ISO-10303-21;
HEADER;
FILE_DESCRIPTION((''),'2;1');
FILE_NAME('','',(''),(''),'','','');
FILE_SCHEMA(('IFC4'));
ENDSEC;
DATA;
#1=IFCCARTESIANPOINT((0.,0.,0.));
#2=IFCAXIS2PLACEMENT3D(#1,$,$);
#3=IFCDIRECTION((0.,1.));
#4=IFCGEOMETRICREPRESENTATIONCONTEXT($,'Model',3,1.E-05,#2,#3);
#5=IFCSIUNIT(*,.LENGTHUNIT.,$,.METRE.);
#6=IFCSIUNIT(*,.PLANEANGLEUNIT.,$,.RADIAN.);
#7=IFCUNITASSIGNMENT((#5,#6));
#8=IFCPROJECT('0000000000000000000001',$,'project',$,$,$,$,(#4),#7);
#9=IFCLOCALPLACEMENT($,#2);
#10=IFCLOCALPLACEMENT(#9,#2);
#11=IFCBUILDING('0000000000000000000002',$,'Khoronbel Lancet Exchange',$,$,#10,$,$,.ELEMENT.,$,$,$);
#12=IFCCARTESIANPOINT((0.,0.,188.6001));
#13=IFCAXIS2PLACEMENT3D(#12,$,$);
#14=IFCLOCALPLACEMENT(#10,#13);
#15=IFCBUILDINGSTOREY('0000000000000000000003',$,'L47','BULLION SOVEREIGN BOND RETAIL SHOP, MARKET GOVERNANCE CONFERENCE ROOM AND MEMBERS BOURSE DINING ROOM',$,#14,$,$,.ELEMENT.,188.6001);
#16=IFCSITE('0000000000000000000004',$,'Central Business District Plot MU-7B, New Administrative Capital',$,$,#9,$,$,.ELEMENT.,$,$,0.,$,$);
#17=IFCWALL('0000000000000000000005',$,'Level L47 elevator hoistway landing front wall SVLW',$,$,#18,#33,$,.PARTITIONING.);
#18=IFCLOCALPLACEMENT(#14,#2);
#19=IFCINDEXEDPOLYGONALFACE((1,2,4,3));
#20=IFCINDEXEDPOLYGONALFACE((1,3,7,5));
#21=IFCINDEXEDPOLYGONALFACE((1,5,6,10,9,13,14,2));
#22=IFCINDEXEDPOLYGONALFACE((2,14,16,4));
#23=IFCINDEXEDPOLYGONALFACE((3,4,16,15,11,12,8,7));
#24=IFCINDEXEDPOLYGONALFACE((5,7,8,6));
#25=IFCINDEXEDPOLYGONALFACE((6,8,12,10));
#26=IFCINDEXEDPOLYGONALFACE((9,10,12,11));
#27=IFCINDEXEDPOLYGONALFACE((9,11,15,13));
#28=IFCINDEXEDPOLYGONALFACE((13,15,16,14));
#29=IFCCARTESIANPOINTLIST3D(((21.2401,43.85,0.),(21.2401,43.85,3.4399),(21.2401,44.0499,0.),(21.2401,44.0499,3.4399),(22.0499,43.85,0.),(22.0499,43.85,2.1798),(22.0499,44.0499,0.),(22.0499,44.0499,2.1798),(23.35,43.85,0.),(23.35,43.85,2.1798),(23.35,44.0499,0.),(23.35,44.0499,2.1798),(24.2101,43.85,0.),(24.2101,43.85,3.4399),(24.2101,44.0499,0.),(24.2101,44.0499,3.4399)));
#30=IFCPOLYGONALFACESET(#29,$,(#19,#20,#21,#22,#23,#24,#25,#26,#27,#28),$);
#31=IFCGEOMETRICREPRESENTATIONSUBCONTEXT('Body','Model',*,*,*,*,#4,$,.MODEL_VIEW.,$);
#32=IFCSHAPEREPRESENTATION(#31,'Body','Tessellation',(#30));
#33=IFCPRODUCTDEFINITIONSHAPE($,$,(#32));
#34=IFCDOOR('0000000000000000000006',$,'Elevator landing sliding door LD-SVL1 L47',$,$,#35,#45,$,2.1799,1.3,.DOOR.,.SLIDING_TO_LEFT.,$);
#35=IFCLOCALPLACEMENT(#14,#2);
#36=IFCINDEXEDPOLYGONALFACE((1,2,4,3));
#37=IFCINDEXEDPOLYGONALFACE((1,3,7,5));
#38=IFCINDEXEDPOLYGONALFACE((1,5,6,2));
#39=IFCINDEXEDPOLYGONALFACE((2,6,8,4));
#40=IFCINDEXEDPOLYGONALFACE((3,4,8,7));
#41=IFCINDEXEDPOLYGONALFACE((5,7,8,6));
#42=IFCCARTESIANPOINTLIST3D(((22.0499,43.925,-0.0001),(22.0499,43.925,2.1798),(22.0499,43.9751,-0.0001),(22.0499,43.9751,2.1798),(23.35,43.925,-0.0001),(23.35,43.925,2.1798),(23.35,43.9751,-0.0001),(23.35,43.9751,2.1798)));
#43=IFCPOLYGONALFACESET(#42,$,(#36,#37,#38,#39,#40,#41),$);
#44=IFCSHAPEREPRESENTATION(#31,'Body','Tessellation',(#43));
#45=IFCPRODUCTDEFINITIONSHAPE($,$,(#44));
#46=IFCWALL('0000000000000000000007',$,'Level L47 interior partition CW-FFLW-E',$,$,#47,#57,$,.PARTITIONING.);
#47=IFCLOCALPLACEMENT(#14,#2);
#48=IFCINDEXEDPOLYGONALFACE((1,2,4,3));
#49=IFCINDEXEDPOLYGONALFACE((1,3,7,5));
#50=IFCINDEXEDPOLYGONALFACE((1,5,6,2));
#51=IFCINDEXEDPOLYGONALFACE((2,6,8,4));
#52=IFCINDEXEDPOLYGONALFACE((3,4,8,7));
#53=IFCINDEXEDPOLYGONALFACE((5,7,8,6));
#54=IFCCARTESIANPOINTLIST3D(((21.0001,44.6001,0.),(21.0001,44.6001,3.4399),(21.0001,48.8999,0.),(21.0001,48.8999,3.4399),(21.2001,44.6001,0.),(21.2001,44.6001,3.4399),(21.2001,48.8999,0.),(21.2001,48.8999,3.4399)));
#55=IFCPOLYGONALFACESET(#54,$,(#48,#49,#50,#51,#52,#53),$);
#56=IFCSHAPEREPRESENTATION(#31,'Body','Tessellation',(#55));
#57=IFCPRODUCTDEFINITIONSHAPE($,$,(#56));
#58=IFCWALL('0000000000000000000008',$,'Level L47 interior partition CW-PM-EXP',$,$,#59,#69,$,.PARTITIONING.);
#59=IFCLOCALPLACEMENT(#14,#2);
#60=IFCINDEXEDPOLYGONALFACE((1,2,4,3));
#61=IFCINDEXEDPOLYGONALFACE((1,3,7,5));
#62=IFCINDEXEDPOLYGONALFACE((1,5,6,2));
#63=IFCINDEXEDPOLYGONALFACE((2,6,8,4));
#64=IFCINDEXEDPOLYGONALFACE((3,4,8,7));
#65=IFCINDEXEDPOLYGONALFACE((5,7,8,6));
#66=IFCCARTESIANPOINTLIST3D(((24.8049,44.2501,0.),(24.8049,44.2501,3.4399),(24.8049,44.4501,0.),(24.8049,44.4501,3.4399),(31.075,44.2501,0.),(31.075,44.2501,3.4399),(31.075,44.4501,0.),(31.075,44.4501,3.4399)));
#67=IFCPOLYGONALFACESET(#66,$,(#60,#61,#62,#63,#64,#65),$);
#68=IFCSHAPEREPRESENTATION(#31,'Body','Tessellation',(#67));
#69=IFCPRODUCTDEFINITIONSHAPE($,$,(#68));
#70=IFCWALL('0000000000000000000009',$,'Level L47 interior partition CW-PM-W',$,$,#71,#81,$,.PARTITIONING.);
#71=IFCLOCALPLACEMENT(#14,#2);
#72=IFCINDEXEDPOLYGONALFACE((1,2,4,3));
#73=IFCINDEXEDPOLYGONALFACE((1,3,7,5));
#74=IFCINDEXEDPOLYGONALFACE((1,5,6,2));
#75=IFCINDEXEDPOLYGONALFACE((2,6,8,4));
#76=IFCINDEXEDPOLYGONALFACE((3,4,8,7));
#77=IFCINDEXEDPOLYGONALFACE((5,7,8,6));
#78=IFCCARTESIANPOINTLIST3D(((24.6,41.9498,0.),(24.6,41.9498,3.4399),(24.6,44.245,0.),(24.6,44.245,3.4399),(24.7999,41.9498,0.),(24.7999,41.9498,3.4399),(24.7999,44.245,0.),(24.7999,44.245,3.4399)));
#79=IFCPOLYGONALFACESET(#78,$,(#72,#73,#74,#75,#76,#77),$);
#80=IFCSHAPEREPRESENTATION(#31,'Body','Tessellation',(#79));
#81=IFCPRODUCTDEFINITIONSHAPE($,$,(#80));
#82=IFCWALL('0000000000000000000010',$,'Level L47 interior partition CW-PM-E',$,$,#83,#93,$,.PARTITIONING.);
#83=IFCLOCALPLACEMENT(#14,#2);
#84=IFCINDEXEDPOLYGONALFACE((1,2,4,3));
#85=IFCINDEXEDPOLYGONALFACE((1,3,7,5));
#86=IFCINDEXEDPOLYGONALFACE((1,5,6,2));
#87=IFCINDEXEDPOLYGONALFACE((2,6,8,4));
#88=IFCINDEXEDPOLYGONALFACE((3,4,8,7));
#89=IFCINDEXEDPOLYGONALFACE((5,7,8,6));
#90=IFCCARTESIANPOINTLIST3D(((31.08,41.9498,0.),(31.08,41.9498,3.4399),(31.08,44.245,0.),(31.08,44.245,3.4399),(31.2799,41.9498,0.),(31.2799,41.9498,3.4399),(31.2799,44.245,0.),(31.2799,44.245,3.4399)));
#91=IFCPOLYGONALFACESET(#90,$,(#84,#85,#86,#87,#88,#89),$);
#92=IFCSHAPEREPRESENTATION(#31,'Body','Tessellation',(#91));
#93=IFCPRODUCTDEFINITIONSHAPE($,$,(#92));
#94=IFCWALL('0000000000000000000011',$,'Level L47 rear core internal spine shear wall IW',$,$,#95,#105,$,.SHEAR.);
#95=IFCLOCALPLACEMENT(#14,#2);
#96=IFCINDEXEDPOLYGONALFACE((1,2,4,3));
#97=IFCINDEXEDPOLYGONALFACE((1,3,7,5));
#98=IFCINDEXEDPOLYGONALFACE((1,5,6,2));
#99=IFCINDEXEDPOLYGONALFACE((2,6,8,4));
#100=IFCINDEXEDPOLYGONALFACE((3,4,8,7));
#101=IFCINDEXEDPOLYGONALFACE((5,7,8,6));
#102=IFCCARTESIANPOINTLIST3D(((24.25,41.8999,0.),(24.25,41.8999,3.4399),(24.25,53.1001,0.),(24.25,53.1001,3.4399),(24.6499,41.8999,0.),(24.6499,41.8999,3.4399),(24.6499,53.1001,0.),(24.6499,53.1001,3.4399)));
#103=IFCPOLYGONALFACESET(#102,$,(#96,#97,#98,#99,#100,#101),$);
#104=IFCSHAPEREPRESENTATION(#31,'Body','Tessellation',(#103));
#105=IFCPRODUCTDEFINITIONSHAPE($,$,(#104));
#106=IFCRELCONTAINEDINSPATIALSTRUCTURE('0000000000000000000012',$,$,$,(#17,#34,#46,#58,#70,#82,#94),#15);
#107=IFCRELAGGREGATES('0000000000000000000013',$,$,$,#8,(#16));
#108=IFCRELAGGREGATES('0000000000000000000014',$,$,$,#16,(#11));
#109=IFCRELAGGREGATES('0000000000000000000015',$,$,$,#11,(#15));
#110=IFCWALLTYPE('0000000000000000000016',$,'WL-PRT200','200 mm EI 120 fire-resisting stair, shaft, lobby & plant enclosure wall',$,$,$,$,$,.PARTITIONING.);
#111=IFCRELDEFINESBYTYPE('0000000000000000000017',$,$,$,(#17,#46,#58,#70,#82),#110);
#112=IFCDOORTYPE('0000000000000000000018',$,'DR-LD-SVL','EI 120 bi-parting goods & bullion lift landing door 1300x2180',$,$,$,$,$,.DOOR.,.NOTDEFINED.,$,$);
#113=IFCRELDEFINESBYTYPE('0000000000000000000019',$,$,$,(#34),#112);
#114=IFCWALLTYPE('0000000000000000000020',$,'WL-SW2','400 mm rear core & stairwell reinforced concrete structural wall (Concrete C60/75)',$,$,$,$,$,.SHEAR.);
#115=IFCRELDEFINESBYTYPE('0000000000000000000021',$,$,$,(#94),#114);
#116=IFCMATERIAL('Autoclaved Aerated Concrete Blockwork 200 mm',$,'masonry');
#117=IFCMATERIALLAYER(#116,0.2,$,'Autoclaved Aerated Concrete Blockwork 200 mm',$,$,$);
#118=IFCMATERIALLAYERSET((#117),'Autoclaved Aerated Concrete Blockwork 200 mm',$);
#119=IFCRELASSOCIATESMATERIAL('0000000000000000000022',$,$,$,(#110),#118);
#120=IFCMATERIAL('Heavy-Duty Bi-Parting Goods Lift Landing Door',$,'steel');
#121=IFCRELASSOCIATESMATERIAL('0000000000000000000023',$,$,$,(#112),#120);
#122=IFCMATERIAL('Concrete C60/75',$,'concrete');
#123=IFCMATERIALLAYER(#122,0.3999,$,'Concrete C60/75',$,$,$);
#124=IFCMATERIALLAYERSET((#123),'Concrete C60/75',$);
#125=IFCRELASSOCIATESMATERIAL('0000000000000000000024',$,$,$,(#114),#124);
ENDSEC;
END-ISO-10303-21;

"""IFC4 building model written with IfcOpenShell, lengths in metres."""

from ifc_helpers import new_model, si_unit, direction, frame, frame_2d, origin, place, context, subcontext, project, spatial, rectangle, extrude, material, layer, layer_set, type_object, element, fill, save


model = new_model("IFC4")

# Units and contexts
model_context = context("Model", 3, precision=1e-05, world=origin(), true_north=direction((0.0, 1.0)))
body_context = subcontext(model_context, "Body", "Model", "MODEL_VIEW")
ifc_project = project(units=[si_unit("LENGTHUNIT", "METRE"), si_unit("PLANEANGLEUNIT", "RADIAN")], contexts=[model_context])

# Site, building, storey
site_placement = place(None, origin())
site = spatial("IfcSite", under=ifc_project, at=site_placement, Name="Central Business District Plot MU-7B, New Administrative Capital", CompositionType="ELEMENT", RefElevation=0.0)
building_placement = place(site_placement, origin())
building = spatial("IfcBuilding", under=site, at=building_placement, Name="Khoronbel Lancet Exchange", CompositionType="ELEMENT")
storey_placement = place(building_placement, frame((0.0, 0.0, 188.6001)))
storey = spatial("IfcBuildingStorey", under=building, at=storey_placement, Name="L47", Description="BULLION SOVEREIGN BOND RETAIL SHOP, MARKET GOVERNANCE CONFERENCE ROOM AND MEMBERS BOURSE DINING ROOM", CompositionType="ELEMENT", Elevation=188.6001)

# Shared definitions
ifc_material_1 = material(Name="Concrete C60/75", Category="concrete")

# Wall, opening, door
ifc_material_2 = material(Name="Autoclaved Aerated Concrete Blockwork 200 mm", Category="masonry")
ifc_layer_1 = layer(ifc_material_2, 0.2, Name="Autoclaved Aerated Concrete Blockwork 200 mm")
ifc_layer_set_1 = layer_set([ifc_layer_1], Name="Autoclaved Aerated Concrete Blockwork 200 mm")
wall_type_1 = type_object("IfcWallType", Name="WL-PRT200", Description="200 mm EI 120 fire-resisting stair, shaft, lobby & plant enclosure wall", PredefinedType="PARTITIONING", material=ifc_layer_set_1)
wall_1_placement = place(storey_placement, frame((24.21, 43.95, 0.0), z_axis=(0.0, 0.0, 1.0), x_axis=(-1.0, 0.0, 0.0)))
wall_1 = element("IfcWall", 1, at=wall_1_placement, inside=storey, type_object=wall_type_1, Name="Level L47 elevator hoistway landing front wall SVLW", PredefinedType="PARTITIONING", context=body_context, shape_type="SweptSolid", body=[
    extrude(rectangle(XDim=2.97, YDim=0.2, at=frame_2d((1.4849, 0.0))), origin(), (0.0, 0.0, 1.0), 3.4399),
])
opening_1_placement = place(wall_1_placement, frame((0.8601, 0.0, 0.0)))
opening_1 = element("IfcOpeningElement", 2, at=opening_1_placement, cuts=wall_1, PredefinedType="OPENING", context=body_context, shape_type="SweptSolid", body=[
    extrude(rectangle(XDim=1.3, YDim=2.1799, at=frame_2d((0.6499, 1.0898))), frame((0.0, 0.1099, 0.0), z_axis=(0.0, -1.0, 0.0), x_axis=(1.0, 0.0, 0.0)), (0.0, 0.0, 1.0), 0.22),
])
ifc_material_3 = material(Name="Heavy-Duty Bi-Parting Goods Lift Landing Door", Category="steel")
door_type_1 = type_object("IfcDoorType", Name="DR-LD-SVL", Description="EI 120 bi-parting goods & bullion lift landing door 1300x2180", OperationType="NOTDEFINED", PredefinedType="DOOR", material=ifc_material_3)
door_1_placement = place(opening_1_placement, origin())
door_1 = element("IfcDoor", 3, at=door_1_placement, inside=storey, type_object=door_type_1, Name="Elevator landing sliding door LD-SVL1 L47", OperationType="SLIDING_TO_LEFT", OverallHeight=2.1799, OverallWidth=1.3, PredefinedType="DOOR", context=body_context, shape_type="SweptSolid", body=[
    extrude(rectangle(XDim=1.3, YDim=2.1799, at=frame_2d((0.6499, 1.0898))), frame((0.0, 0.0249, 0.0), z_axis=(0.0, -1.0, 0.0), x_axis=(1.0, 0.0, 0.0)), (0.0, 0.0, 1.0), 0.05),
])
fill(opening_1, door_1)

# Wall
wall_2_placement = place(storey_placement, frame((21.1001, 44.6001, 0.0), z_axis=(0.0, 0.0, 1.0), x_axis=(0.0, 1.0, 0.0)))
element("IfcWall", 4, at=wall_2_placement, inside=storey, type_object=wall_type_1, Name="Level L47 interior partition CW-FFLW-E", PredefinedType="PARTITIONING", context=body_context, shape_type="SweptSolid", body=[
    extrude(rectangle(XDim=4.2998, YDim=0.2, at=frame_2d((2.1499, 0.0))), origin(), (0.0, 0.0, 1.0), 3.4399),
])

# Walls
wall_3_placement = place(storey_placement, frame((24.8049, 44.3501, 0.0), z_axis=(0.0, 0.0, 1.0), x_axis=(1.0, 0.0, 0.0)))
element("IfcWall", 5, at=wall_3_placement, inside=storey, type_object=wall_type_1, Name="Level L47 interior partition CW-PM-EXP", PredefinedType="PARTITIONING", context=body_context, shape_type="SweptSolid", body=[
    extrude(rectangle(XDim=6.27, YDim=0.2, at=frame_2d((3.135, 0.0))), origin(), (0.0, 0.0, 1.0), 3.4399),
])
for number, where, z_axis, x_axis, name in (
    (6, (24.7, 41.95, 0.0), (0.0, 0.0, 1.0), (0.0, 1.0, 0.0), "Level L47 interior partition CW-PM-W"),
    (7, (31.1799, 41.95, 0.0), (0.0, 0.0, 1.0), (0.0, 1.0, 0.0), "Level L47 interior partition CW-PM-E"),
):
    element("IfcWall", number, at=place(storey_placement, frame(where, z_axis=z_axis, x_axis=x_axis)), inside=storey, type_object=wall_type_1, Name=name, PredefinedType="PARTITIONING", context=body_context, shape_type="SweptSolid", body=[
        extrude(rectangle(XDim=2.2952, YDim=0.2, at=frame_2d((1.1475, 0.0))), origin(), (0.0, 0.0, 1.0), 3.4399),
    ])
ifc_layer_2 = layer(ifc_material_1, 0.3999, Name="Concrete C60/75")
ifc_layer_set_2 = layer_set([ifc_layer_2], Name="Concrete C60/75")
wall_type_2 = type_object("IfcWallType", Name="WL-SW2", Description="400 mm rear core & stairwell reinforced concrete structural wall (Concrete C60/75)", PredefinedType="SHEAR", material=ifc_layer_set_2)
wall_4_placement = place(storey_placement, frame((24.45, 41.8999, 0.0), z_axis=(0.0, 0.0, 1.0), x_axis=(0.0, 1.0, 0.0)))
element("IfcWall", 8, at=wall_4_placement, inside=storey, type_object=wall_type_2, Name="Level L47 rear core internal spine shear wall IW", PredefinedType="SHEAR", context=body_context, shape_type="SweptSolid", body=[
    extrude(rectangle(XDim=11.2002, YDim=0.3999, at=frame_2d((5.6001, 0.0))), origin(), (0.0, 0.0, 1.0), 3.4399),
])

save(model, "model.ifc")
